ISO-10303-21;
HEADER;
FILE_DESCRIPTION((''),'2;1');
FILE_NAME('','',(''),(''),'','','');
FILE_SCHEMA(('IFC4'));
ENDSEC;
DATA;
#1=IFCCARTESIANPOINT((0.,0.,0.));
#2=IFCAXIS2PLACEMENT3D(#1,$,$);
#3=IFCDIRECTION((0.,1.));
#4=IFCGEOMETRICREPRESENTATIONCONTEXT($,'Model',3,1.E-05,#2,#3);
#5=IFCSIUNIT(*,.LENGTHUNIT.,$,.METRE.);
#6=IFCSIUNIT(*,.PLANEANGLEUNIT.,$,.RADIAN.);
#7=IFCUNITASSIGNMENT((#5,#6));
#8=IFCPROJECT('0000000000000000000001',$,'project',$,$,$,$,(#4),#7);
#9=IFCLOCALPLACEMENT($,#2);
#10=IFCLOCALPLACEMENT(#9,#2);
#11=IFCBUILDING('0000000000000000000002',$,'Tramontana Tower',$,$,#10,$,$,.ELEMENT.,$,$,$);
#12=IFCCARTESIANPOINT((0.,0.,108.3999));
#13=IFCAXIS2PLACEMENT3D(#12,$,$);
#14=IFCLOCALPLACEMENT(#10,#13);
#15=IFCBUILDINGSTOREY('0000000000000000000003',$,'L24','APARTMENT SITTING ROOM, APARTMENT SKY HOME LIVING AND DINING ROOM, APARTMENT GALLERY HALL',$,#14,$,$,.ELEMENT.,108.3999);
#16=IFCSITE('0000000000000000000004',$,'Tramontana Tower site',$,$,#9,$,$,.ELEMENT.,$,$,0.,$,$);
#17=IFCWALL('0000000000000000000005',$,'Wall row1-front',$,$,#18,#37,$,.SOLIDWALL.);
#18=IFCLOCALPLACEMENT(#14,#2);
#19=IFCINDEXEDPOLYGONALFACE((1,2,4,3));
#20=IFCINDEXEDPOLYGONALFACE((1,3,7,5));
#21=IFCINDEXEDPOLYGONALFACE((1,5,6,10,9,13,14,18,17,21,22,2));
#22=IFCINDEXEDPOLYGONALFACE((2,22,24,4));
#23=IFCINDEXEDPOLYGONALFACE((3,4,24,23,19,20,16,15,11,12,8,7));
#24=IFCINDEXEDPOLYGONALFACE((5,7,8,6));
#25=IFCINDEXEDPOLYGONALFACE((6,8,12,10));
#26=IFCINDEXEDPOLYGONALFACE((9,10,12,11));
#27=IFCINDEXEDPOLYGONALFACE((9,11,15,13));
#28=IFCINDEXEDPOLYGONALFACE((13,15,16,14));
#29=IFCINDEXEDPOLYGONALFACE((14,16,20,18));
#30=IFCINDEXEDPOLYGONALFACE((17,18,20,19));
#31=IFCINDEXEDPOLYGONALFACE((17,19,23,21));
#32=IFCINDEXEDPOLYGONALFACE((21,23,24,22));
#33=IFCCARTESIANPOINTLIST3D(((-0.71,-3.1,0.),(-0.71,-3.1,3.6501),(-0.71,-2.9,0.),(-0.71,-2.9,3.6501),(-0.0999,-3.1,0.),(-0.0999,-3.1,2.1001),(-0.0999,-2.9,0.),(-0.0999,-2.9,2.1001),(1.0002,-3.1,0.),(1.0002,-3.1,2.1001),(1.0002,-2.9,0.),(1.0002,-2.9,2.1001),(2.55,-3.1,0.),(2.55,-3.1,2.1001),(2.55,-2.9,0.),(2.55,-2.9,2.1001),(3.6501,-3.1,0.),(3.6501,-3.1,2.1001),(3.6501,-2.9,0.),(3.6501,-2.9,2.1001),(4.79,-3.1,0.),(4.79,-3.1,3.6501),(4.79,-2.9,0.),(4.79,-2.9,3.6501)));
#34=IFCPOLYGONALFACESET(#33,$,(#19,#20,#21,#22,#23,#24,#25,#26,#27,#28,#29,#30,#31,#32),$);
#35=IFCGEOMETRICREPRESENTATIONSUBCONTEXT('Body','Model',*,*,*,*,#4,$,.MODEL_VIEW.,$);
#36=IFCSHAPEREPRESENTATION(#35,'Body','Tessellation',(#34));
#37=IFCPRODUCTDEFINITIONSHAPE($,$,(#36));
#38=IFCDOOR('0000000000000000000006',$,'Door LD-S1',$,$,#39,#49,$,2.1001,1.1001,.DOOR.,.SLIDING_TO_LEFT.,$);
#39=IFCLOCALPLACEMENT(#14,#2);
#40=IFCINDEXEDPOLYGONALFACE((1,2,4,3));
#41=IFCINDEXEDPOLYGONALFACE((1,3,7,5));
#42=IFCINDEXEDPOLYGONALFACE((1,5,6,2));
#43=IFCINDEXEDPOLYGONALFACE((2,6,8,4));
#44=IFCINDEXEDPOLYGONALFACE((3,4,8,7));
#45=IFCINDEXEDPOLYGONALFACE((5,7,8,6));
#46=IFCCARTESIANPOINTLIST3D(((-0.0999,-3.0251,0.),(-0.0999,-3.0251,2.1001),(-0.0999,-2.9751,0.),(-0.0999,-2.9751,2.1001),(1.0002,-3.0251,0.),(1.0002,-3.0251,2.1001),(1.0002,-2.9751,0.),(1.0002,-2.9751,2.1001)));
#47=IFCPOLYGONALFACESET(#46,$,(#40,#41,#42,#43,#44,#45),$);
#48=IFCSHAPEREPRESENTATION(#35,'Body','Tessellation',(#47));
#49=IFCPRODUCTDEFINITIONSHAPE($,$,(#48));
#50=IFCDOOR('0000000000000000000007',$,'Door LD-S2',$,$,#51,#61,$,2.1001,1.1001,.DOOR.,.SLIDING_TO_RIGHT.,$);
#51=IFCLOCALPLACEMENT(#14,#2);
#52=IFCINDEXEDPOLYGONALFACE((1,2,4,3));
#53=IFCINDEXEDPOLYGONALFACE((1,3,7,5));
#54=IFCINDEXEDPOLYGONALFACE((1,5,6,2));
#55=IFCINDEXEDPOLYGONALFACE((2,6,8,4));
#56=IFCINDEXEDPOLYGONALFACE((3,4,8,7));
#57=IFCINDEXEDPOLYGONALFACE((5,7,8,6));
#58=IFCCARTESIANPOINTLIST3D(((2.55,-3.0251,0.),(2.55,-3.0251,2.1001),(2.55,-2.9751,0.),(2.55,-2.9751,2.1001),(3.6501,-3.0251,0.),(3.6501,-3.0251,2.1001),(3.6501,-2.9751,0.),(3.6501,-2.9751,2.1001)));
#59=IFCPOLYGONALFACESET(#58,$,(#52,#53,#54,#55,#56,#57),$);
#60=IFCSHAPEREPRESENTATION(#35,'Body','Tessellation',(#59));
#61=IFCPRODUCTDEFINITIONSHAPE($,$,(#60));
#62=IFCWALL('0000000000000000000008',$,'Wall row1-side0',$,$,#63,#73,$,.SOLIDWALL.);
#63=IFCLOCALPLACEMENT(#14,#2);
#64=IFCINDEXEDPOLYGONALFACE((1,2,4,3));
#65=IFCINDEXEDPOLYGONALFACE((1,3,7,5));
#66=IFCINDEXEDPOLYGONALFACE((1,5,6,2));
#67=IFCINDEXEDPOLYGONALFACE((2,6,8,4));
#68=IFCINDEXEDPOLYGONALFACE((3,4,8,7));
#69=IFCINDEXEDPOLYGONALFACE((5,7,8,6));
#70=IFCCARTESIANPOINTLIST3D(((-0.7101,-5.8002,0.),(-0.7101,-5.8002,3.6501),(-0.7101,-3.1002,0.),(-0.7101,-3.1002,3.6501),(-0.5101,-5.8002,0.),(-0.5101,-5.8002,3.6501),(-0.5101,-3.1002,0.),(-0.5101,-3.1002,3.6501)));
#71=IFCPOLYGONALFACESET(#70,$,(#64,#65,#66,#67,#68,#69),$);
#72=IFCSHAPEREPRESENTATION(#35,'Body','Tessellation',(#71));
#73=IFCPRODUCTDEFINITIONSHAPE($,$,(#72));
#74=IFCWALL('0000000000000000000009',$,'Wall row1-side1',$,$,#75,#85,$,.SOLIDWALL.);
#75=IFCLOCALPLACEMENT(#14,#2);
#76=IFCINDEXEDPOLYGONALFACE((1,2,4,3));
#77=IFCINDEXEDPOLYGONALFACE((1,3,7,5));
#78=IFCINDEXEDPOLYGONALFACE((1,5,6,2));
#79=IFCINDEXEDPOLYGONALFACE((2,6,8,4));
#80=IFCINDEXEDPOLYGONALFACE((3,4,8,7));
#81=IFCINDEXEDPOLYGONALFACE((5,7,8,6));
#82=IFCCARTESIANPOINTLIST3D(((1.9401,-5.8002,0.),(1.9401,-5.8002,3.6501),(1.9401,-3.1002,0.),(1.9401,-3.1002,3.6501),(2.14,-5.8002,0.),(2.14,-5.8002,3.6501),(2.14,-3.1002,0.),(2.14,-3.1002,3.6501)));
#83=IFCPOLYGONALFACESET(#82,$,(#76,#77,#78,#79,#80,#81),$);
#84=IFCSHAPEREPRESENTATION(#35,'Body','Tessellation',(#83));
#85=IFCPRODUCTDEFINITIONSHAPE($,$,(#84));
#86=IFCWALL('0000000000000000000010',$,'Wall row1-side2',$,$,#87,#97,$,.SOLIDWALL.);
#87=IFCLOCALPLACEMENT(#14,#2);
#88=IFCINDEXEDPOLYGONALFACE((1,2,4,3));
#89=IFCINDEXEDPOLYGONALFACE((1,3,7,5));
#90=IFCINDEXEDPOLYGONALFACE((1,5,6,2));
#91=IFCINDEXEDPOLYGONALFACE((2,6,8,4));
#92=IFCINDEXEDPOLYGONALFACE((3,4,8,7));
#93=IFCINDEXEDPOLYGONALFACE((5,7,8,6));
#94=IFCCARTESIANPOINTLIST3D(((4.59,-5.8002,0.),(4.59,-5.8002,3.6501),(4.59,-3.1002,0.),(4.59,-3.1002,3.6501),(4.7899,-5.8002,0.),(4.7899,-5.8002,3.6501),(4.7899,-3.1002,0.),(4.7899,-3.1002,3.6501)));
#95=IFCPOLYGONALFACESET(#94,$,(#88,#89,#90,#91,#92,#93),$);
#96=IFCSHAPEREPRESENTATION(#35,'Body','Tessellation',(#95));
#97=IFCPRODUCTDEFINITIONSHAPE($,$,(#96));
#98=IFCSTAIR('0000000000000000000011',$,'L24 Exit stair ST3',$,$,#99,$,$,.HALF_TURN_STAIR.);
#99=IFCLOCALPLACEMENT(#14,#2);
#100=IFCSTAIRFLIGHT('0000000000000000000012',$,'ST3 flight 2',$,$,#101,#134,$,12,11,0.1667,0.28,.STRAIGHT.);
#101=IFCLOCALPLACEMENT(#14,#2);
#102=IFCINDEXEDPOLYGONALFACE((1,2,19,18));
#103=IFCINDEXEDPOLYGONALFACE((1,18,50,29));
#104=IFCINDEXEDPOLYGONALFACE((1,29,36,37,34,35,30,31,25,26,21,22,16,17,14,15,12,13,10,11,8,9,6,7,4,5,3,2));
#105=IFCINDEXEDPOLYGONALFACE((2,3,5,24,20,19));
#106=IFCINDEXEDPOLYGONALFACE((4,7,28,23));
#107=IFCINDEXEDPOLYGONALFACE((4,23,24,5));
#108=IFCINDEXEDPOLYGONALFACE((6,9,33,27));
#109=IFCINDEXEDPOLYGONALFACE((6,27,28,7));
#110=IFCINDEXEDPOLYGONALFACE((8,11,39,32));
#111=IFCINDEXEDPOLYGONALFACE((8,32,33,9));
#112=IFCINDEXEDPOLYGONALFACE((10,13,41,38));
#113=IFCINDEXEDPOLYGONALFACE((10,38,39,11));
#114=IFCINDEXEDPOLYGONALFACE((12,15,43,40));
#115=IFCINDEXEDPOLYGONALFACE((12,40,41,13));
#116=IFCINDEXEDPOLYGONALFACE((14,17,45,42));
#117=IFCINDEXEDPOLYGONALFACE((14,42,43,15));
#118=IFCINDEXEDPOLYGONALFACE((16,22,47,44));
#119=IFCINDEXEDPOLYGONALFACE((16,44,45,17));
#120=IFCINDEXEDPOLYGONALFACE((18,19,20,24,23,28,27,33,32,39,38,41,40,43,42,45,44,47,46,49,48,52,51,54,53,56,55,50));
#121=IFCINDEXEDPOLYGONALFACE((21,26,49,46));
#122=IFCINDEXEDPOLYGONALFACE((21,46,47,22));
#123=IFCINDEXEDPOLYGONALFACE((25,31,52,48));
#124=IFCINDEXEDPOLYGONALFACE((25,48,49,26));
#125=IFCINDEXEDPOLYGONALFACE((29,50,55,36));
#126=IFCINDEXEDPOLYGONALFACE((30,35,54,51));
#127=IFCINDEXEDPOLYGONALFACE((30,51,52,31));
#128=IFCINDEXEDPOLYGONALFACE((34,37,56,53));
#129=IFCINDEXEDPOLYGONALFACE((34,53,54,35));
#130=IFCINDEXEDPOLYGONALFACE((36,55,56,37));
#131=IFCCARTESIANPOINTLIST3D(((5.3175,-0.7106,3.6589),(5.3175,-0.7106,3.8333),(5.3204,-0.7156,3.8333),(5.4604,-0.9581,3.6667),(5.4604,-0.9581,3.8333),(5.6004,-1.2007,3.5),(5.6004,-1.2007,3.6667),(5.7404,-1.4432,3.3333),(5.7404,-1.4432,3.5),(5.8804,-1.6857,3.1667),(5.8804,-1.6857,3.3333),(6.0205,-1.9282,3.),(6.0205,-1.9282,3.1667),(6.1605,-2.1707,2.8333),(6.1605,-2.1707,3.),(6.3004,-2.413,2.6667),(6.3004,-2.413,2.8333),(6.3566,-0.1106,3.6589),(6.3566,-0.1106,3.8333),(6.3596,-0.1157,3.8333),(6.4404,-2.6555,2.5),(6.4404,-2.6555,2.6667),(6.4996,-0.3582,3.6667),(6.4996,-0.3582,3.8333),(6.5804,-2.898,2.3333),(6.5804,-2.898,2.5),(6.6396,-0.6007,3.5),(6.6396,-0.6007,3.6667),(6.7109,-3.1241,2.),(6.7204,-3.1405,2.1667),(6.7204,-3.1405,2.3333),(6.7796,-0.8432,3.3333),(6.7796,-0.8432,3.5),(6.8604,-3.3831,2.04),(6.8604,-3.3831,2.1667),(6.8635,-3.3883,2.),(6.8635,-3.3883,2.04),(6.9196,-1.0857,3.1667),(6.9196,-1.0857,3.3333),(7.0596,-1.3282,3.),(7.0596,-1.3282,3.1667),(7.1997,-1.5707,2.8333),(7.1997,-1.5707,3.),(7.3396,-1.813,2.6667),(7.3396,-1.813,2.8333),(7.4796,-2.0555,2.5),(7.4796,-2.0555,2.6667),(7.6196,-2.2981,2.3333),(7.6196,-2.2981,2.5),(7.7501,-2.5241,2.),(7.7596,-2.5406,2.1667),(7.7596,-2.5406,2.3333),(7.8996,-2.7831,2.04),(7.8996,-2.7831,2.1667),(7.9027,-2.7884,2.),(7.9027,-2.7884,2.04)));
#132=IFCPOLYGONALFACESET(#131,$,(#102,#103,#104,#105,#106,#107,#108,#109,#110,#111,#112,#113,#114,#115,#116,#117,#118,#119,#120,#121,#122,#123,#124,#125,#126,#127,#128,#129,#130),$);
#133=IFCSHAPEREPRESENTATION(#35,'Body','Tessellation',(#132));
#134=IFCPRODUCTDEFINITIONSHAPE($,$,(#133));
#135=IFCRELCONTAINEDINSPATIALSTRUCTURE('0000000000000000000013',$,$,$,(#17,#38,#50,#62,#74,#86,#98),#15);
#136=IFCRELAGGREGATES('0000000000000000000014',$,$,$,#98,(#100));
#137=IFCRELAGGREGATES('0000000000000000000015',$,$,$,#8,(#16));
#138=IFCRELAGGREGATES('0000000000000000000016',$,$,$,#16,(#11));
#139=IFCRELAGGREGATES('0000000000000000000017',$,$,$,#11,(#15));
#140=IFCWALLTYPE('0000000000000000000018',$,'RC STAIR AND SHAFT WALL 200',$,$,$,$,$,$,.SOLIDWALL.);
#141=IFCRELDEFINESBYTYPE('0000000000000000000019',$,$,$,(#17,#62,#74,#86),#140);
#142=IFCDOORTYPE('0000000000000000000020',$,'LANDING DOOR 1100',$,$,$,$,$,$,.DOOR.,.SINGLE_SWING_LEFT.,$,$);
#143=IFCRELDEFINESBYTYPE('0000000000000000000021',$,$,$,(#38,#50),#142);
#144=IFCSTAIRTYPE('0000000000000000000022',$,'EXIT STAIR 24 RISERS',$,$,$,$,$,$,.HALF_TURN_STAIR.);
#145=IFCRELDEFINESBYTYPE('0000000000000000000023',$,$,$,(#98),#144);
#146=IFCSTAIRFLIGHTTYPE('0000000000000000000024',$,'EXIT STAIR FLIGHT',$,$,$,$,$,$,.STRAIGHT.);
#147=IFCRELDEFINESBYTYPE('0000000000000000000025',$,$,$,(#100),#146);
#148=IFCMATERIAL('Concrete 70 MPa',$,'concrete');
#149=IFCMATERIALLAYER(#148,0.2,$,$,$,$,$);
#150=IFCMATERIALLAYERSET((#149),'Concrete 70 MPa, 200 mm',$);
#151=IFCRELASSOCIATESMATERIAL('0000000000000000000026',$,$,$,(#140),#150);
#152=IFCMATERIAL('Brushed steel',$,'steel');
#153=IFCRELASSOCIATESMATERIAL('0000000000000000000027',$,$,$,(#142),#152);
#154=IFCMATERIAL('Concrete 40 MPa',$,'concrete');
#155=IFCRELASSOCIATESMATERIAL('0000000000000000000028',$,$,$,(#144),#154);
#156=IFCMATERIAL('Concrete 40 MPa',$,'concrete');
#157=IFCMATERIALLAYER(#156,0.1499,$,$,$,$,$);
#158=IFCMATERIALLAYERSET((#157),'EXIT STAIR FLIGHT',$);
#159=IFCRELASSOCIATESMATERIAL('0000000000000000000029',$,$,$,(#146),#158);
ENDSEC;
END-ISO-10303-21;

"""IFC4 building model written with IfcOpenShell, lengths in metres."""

from ifc_helpers import new_model, si_unit, direction, frame, frame_2d, origin, place, context, subcontext, project, spatial, polyline, rectangle, outline, extrude, material, layer, layer_set, type_object, element, fill, aggregate, save


model = new_model("IFC4")

# Units and contexts
model_context = context("Model", 3, precision=1e-05, world=origin(), true_north=direction((0.0, 1.0)))
body_context = subcontext(model_context, "Body", "Model", "MODEL_VIEW")
ifc_project = project(units=[si_unit("LENGTHUNIT", "METRE"), si_unit("PLANEANGLEUNIT", "RADIAN")], contexts=[model_context])

# Site, building, storey
site_placement = place(None, origin())
site = spatial("IfcSite", under=ifc_project, at=site_placement, Name="Tramontana Tower site", CompositionType="ELEMENT", RefElevation=0.0)
building_placement = place(site_placement, origin())
building = spatial("IfcBuilding", under=site, at=building_placement, Name="Tramontana Tower", CompositionType="ELEMENT")
storey_placement = place(building_placement, frame((0.0, 0.0, 108.3999)))
storey = spatial("IfcBuildingStorey", under=building, at=storey_placement, Name="L24", Description="APARTMENT SITTING ROOM, APARTMENT SKY HOME LIVING AND DINING ROOM, APARTMENT GALLERY HALL", CompositionType="ELEMENT", Elevation=108.3999)

# Shared definitions
ifc_material_1 = material(Name="Concrete 70 MPa", Category="concrete")
ifc_layer_1 = layer(ifc_material_1, 0.2)
ifc_layer_set_1 = layer_set([ifc_layer_1], Name="Concrete 70 MPa, 200 mm")
wall_type_1 = type_object("IfcWallType", Name="RC STAIR AND SHAFT WALL 200", PredefinedType="SOLIDWALL", material=ifc_layer_set_1)

# Wall, openings, doors
wall_1_placement = place(storey_placement, frame((-0.71, -3.0, 0.0), z_axis=(0.0, 0.0, 1.0), x_axis=(1.0, 0.0, 0.0)))
wall_1 = element("IfcWall", 1, at=wall_1_placement, inside=storey, type_object=wall_type_1, Name="Wall row1-front", PredefinedType="SOLIDWALL", context=body_context, shape_type="SweptSolid", body=[
    extrude(rectangle(XDim=5.5, YDim=0.2, at=frame_2d((2.75, 0.0))), origin(), (0.0, 0.0, 1.0), 3.6501),
])
opening_1_placement = place(wall_1_placement, frame((0.6101, 0.0, 0.0)))
opening_1 = element("IfcOpeningElement", 2, at=opening_1_placement, cuts=wall_1, PredefinedType="OPENING", context=body_context, shape_type="SweptSolid", body=[
    extrude(rectangle(XDim=1.1001, YDim=2.1001, at=frame_2d((0.55, 1.05))), frame((0.0, 0.1099, 0.0), z_axis=(0.0, -1.0, 0.0), x_axis=(1.0, 0.0, 0.0)), (0.0, 0.0, 1.0), 0.22),
])
opening_2_placement = place(wall_1_placement, frame((3.26, 0.0, 0.0)))
opening_2 = element("IfcOpeningElement", 3, at=opening_2_placement, cuts=wall_1, PredefinedType="OPENING", context=body_context, shape_type="SweptSolid", body=[
    extrude(rectangle(XDim=1.1001, YDim=2.1001, at=frame_2d((0.55, 1.05))), frame((0.0, 0.1099, 0.0), z_axis=(0.0, -1.0, 0.0), x_axis=(1.0, 0.0, 0.0)), (0.0, 0.0, 1.0), 0.22),
])
ifc_material_2 = material(Name="Brushed steel", Category="steel")
door_type_1 = type_object("IfcDoorType", Name="LANDING DOOR 1100", OperationType="SINGLE_SWING_LEFT", PredefinedType="DOOR", material=ifc_material_2)
door_1_placement = place(opening_1_placement, origin())
door_1 = element("IfcDoor", 4, at=door_1_placement, inside=storey, type_object=door_type_1, Name="Door LD-S1", OperationType="SLIDING_TO_LEFT", OverallHeight=2.1001, OverallWidth=1.1001, PredefinedType="DOOR", context=body_context, shape_type="SweptSolid", body=[
    extrude(rectangle(XDim=1.1001, YDim=2.1001, at=frame_2d((0.55, 1.05))), frame((0.0, 0.0249, 0.0), z_axis=(0.0, -1.0, 0.0), x_axis=(1.0, 0.0, 0.0)), (0.0, 0.0, 1.0), 0.05),
])
fill(opening_1, door_1)
door_2_placement = place(opening_2_placement, origin())
door_2 = element("IfcDoor", 5, at=door_2_placement, inside=storey, type_object=door_type_1, Name="Door LD-S2", OperationType="SLIDING_TO_RIGHT", OverallHeight=2.1001, OverallWidth=1.1001, PredefinedType="DOOR", context=body_context, shape_type="SweptSolid", body=[
    extrude(rectangle(XDim=1.1001, YDim=2.1001, at=frame_2d((0.55, 1.05))), frame((0.0, 0.0249, 0.0), z_axis=(0.0, -1.0, 0.0), x_axis=(1.0, 0.0, 0.0)), (0.0, 0.0, 1.0), 0.05),
])
fill(opening_2, door_2)

# Walls
for number, where, z_axis, x_axis, name in (
    (6, (-0.6101, -3.1001, 0.0), (0.0, 0.0, 1.0), (0.0, -1.0, 0.0), "Wall row1-side0"),
    (7, (2.04, -3.1001, 0.0), (0.0, 0.0, 1.0), (0.0, -1.0, 0.0), "Wall row1-side1"),
    (8, (4.6899, -3.1001, 0.0), (0.0, 0.0, 1.0), (0.0, -1.0, 0.0), "Wall row1-side2"),
):
    element("IfcWall", number, at=place(storey_placement, frame(where, z_axis=z_axis, x_axis=x_axis)), inside=storey, type_object=wall_type_1, Name=name, PredefinedType="SOLIDWALL", context=body_context, shape_type="SweptSolid", body=[
        extrude(rectangle(XDim=2.7, YDim=0.2, at=frame_2d((1.3501, 0.0))), origin(), (0.0, 0.0, 1.0), 3.6501),
    ])

# Stair, stair flight
ifc_material_3 = material(Name="Concrete 40 MPa", Category="concrete")
stair_type = type_object("IfcStairType", Name="EXIT STAIR 24 RISERS", PredefinedType="HALF_TURN_STAIR", material=ifc_material_3)
stair_placement = place(storey_placement, origin())
stair = element("IfcStair", 9, at=stair_placement, inside=storey, type_object=stair_type, Name="L24 Exit stair ST3", PredefinedType="HALF_TURN_STAIR")
ifc_material_4 = material(Name="Concrete 40 MPa", Category="concrete")
ifc_layer_2 = layer(ifc_material_4, 0.1499)
ifc_layer_set_2 = layer_set([ifc_layer_2], Name="EXIT STAIR FLIGHT")
stair_flight_type = type_object("IfcStairFlightType", Name="EXIT STAIR FLIGHT", PredefinedType="STRAIGHT", material=ifc_layer_set_2)
stair_flight_placement = place(storey_placement, frame((7.3801, -3.083, 2.0), z_axis=(0.0, 0.0, 1.0), x_axis=(-0.5, 0.866025, 0.0)))
stair_flight = element("IfcStairFlight", 10, at=stair_flight_placement, type_object=stair_flight_type, Name="ST3 flight 2", NumberOfRisers=12, NumberOfTreads=11, PredefinedType="STRAIGHT", RiserHeight=0.1667, TreadLength=0.28, context=body_context, shape_type="SweptSolid", body=[
    extrude(outline(polyline([(-0.0061, 0.0), (-0.0061, 0.04), (0.0, 0.04), (0.0, 0.1667), (0.28, 0.1667), (0.28, 0.3333), (0.5601, 0.3333), (0.5601, 0.5), (0.8401, 0.5), (0.8401, 0.6667), (1.1201, 0.6667), (1.1201, 0.8333), (1.3999, 0.8333), (1.3999, 1.0), (1.6799, 1.0), (1.6799, 1.1667), (1.96, 1.1667), (1.96, 1.3333), (2.24, 1.3333), (2.24, 1.5), (2.52, 1.5), (2.52, 1.6667), (2.8, 1.6667), (2.8, 1.8333), (3.0801, 1.8333), (3.0859, 1.8333), (3.0859, 1.6589), (0.2991, 0.0), (-0.0061, 0.0)])), frame((0.0, 0.6001, 0.0), z_axis=(0.0, -1.0, 0.0), x_axis=(1.0, 0.0, 0.0)), (0.0, 0.0, 1.0), 1.2),
])
aggregate(stair, [stair_flight])

save(model, "model.ifc")
